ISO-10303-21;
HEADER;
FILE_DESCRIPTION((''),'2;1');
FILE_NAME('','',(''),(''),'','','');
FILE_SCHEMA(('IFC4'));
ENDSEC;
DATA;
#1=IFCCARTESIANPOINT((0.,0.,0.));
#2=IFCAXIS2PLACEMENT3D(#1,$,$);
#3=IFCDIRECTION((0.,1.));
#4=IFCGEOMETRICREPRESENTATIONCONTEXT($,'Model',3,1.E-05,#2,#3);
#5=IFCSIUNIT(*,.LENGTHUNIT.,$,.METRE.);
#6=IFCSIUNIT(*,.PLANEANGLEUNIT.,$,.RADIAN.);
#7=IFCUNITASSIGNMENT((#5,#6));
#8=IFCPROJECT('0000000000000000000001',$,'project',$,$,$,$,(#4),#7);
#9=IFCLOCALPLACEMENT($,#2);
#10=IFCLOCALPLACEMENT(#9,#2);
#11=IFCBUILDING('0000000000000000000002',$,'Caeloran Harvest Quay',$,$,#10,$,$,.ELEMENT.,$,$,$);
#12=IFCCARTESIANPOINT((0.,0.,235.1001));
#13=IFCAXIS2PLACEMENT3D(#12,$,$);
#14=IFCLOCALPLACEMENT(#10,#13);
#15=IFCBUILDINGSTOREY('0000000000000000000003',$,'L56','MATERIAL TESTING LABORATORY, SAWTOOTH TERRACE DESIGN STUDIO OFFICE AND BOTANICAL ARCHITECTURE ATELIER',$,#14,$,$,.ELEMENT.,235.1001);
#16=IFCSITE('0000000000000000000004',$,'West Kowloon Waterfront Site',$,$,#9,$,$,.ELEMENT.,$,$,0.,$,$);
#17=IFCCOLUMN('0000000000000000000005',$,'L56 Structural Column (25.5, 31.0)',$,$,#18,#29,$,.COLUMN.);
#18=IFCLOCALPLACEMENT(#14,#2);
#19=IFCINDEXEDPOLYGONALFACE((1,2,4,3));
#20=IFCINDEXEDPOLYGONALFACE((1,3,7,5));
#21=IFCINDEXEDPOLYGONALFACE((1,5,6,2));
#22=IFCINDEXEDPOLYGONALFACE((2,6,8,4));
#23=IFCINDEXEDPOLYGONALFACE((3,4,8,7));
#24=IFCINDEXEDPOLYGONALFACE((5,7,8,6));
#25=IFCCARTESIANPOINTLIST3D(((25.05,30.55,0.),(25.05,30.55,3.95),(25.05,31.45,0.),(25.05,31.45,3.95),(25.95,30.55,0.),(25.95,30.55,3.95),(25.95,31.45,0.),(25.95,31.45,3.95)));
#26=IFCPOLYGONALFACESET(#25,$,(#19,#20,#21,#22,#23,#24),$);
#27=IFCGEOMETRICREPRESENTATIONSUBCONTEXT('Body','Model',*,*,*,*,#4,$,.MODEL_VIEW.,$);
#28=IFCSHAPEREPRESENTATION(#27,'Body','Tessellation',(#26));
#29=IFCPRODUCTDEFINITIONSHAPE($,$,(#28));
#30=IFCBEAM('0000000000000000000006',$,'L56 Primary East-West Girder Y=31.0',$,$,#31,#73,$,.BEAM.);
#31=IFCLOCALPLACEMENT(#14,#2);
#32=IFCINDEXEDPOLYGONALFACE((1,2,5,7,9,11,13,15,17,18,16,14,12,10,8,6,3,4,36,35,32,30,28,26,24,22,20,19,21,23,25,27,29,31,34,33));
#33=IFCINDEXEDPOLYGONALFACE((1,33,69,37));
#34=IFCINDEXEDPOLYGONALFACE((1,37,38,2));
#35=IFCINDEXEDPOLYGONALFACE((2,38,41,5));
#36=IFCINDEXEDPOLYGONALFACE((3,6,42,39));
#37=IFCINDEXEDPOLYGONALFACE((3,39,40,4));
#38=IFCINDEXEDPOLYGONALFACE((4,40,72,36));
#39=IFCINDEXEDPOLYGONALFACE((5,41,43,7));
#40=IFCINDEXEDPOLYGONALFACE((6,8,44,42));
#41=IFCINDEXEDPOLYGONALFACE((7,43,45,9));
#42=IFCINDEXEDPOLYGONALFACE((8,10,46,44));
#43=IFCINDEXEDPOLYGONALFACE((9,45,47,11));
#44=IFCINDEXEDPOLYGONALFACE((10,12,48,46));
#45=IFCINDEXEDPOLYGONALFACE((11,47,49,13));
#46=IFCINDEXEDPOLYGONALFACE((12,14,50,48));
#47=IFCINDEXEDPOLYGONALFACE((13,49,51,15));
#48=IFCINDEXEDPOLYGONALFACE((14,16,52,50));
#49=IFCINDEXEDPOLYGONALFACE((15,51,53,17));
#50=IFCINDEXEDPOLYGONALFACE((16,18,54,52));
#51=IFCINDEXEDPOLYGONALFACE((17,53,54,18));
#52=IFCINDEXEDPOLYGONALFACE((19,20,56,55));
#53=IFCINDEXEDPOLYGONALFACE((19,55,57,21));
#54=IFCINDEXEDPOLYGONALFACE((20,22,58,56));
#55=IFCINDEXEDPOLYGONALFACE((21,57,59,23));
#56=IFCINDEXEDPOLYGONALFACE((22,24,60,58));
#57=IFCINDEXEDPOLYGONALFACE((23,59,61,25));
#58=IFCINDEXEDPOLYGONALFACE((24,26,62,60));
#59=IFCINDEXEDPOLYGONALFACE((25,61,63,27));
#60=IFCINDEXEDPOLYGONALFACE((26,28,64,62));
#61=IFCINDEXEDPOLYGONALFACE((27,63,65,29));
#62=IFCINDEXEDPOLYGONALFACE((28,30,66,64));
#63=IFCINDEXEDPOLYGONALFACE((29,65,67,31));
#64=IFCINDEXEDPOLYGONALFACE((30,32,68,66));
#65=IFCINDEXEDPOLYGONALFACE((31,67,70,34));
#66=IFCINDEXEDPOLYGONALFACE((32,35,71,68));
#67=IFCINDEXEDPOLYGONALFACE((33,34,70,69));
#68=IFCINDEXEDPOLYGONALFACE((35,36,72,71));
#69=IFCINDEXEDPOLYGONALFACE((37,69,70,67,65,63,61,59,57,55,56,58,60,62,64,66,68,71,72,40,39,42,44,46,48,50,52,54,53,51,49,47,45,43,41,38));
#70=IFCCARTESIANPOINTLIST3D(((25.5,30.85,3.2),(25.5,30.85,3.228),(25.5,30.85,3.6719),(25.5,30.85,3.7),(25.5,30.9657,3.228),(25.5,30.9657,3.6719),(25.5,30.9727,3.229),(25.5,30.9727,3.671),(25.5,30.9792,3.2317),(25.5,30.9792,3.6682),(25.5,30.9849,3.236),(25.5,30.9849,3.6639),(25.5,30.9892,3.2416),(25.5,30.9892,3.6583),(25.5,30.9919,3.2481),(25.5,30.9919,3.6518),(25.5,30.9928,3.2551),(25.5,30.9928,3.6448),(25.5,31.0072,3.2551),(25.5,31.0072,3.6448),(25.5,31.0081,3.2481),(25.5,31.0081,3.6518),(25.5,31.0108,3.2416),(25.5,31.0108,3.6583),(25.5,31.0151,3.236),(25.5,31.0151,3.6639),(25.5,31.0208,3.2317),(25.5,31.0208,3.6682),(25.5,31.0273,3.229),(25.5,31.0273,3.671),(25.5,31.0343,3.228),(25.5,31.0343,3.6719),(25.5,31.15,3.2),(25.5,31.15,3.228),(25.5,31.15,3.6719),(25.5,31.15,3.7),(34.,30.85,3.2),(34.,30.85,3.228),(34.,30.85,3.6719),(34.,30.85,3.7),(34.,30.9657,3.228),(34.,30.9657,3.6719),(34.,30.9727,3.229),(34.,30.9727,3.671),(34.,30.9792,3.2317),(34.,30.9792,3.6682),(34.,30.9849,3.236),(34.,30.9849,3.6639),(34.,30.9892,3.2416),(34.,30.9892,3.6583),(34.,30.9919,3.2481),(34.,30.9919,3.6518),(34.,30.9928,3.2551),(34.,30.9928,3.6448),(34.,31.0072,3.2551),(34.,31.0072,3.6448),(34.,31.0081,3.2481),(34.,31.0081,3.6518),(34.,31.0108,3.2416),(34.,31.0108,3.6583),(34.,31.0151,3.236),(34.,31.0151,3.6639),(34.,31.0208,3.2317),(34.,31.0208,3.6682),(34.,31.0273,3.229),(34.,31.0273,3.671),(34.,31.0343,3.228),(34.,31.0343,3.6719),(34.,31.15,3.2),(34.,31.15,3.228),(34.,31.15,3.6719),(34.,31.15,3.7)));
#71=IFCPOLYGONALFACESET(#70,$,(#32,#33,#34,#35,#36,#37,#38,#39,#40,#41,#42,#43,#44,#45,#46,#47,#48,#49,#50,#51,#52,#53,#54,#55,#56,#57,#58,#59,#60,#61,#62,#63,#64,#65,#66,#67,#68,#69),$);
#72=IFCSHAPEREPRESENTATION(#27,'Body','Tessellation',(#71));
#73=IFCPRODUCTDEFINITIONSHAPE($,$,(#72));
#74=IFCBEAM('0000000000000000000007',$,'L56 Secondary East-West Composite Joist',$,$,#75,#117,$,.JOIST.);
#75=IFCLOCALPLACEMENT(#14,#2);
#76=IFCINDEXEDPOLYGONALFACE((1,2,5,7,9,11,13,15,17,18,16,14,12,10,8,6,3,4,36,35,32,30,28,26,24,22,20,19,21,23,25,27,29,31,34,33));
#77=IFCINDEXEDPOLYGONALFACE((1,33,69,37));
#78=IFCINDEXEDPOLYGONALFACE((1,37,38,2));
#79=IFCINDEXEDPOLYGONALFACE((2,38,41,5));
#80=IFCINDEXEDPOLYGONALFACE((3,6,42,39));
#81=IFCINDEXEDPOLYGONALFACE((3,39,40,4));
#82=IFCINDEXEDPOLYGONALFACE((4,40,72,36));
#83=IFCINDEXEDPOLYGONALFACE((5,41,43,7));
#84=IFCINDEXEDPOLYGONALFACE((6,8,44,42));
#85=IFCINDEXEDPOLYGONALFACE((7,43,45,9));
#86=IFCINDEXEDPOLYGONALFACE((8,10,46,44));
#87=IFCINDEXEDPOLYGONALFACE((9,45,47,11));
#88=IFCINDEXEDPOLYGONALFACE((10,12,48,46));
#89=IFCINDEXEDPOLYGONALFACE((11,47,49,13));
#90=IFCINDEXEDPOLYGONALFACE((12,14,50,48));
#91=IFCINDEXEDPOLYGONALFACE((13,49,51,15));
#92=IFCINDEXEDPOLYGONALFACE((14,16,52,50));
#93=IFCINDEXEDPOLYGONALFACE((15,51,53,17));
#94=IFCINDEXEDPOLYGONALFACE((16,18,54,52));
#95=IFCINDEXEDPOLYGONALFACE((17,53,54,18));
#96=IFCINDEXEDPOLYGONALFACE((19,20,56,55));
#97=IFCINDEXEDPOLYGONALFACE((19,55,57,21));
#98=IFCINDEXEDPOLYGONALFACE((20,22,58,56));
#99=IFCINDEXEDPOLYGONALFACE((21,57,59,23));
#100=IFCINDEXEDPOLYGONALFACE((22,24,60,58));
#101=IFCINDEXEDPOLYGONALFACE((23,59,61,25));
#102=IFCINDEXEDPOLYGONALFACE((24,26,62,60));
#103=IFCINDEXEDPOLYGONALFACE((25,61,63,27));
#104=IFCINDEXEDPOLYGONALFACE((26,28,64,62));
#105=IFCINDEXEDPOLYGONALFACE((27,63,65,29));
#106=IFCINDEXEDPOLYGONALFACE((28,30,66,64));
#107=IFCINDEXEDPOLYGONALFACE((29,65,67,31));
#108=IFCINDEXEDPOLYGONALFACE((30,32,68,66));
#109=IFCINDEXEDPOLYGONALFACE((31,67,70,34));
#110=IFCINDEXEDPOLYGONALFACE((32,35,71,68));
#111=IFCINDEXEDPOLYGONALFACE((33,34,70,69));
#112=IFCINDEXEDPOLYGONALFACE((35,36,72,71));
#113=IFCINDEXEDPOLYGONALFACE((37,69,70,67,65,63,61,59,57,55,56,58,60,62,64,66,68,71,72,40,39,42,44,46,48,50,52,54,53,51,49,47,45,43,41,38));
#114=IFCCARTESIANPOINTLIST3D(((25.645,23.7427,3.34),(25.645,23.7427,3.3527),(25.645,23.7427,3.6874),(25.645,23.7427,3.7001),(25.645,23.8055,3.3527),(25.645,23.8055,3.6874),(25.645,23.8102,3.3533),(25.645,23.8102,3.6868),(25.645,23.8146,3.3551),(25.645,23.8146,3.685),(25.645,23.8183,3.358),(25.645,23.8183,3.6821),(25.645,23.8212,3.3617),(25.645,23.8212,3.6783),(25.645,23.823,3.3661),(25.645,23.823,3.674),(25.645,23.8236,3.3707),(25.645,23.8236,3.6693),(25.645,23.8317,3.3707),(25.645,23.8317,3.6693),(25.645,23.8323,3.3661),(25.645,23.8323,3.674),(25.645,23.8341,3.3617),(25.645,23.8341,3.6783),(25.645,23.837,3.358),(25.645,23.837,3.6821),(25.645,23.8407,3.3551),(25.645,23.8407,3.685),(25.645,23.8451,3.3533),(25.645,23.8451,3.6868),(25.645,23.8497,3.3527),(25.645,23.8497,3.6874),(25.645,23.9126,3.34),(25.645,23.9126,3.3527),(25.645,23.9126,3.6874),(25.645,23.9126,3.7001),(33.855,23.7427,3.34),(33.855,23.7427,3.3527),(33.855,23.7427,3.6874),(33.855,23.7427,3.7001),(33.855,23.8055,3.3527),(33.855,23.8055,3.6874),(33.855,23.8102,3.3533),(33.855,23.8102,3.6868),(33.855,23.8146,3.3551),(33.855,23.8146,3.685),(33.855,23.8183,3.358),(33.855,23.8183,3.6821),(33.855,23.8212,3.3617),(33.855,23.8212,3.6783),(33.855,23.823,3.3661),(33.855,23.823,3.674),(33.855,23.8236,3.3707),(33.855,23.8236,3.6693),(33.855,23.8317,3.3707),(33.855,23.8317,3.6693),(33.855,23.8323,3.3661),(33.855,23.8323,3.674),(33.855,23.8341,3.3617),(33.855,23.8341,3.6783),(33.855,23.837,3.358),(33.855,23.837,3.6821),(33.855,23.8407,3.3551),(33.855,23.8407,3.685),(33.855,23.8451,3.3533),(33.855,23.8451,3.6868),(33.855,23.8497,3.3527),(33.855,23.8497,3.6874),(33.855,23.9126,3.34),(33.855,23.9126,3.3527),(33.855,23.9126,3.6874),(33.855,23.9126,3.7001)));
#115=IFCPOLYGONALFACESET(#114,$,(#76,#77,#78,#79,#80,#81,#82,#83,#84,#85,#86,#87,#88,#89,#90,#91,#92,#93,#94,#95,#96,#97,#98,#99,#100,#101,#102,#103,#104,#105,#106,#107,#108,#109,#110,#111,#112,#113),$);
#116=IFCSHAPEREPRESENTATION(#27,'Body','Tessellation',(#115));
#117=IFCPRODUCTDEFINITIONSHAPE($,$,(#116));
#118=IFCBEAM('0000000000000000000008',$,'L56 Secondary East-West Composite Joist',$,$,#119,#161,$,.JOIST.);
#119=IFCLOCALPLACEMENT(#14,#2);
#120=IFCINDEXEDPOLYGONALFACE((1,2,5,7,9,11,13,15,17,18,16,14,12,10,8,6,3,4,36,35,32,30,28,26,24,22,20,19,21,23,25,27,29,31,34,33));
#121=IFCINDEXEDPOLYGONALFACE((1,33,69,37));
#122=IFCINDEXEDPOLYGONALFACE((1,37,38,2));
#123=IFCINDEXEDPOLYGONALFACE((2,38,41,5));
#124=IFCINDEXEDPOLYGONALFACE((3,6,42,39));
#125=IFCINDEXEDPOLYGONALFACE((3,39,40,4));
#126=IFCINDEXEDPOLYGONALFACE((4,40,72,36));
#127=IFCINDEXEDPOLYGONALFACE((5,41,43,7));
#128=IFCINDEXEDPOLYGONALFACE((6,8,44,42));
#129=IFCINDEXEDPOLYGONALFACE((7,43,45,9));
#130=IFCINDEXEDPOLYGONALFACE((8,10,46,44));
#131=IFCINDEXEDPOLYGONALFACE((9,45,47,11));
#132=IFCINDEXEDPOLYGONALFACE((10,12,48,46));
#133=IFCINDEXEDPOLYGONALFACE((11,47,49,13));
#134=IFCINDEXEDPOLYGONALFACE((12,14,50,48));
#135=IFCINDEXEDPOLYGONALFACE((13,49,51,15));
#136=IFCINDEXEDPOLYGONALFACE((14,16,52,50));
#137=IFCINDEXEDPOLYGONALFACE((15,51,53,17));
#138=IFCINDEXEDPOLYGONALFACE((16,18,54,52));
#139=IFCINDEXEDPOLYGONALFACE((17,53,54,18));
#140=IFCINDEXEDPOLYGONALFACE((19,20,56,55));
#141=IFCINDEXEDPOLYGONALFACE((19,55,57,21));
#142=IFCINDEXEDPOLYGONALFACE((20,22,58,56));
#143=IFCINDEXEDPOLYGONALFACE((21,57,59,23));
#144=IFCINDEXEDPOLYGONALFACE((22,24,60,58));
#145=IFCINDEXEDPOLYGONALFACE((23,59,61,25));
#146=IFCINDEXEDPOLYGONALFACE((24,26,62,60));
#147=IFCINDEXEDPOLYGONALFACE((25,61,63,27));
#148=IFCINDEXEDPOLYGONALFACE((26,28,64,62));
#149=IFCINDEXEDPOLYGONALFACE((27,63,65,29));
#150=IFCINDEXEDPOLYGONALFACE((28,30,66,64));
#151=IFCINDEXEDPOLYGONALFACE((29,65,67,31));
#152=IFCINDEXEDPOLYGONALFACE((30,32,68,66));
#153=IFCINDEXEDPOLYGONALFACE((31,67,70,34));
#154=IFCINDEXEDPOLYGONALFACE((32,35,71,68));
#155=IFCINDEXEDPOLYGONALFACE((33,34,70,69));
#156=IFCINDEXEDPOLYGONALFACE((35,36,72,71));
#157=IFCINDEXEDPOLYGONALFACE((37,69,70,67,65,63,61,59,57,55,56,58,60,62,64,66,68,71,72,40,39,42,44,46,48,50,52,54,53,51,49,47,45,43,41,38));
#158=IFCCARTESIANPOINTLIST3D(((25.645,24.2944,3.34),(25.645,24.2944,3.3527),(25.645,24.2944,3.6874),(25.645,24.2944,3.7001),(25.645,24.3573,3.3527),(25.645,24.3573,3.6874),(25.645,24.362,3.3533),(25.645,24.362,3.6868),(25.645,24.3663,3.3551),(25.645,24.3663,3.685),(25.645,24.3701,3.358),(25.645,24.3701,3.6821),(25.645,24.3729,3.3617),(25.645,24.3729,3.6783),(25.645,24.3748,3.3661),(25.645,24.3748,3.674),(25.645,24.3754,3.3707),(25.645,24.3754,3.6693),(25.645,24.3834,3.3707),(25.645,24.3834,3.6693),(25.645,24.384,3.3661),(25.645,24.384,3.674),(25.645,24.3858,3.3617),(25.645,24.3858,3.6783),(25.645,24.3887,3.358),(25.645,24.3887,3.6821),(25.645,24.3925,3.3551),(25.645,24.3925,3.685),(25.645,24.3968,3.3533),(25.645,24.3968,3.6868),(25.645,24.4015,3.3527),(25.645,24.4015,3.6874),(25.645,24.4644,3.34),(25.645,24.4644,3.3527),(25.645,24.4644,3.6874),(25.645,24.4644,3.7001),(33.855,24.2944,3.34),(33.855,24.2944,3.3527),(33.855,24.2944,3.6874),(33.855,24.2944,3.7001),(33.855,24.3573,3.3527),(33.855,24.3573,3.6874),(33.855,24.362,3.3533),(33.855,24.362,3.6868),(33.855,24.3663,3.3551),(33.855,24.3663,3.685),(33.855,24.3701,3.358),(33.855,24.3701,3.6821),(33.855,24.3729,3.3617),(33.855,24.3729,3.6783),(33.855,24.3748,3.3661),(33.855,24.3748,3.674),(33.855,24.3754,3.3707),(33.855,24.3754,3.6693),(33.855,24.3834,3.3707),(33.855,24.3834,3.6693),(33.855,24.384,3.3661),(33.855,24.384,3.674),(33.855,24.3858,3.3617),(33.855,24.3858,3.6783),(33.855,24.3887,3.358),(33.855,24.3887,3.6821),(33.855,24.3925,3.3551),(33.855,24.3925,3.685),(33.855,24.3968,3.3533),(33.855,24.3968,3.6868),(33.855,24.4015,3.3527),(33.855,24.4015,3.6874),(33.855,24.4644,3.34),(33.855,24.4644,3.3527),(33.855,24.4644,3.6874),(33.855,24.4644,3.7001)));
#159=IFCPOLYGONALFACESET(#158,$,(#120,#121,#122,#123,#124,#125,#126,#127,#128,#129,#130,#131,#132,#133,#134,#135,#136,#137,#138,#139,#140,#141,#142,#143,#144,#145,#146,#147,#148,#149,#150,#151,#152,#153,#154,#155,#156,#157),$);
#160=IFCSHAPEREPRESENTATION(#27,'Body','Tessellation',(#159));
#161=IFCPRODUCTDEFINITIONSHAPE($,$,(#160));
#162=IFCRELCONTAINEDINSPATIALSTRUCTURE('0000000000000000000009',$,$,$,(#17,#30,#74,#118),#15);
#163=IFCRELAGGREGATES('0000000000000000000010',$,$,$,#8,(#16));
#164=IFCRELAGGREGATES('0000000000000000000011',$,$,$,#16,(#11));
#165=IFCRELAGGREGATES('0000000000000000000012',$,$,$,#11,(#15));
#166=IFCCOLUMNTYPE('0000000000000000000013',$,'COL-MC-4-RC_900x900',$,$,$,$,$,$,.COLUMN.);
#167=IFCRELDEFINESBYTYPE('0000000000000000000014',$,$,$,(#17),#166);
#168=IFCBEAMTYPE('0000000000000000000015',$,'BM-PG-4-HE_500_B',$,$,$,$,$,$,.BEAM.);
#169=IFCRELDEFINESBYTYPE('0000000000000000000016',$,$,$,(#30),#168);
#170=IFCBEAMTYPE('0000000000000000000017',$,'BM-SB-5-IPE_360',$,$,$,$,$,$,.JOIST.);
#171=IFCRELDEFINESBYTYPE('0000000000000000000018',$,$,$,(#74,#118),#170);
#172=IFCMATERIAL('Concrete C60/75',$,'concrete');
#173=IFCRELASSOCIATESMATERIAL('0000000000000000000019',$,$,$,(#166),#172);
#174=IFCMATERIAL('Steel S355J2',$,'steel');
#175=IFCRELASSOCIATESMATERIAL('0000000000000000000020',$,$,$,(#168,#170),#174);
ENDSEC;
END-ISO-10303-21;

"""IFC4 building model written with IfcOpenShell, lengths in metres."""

from ifc_helpers import new_model, si_unit, direction, frame, origin, origin_2d, place, context, subcontext, project, spatial, rectangle, i_section, extrude, material, material_profile, profile_set, type_object, element, save


model = new_model("IFC4")

# Units and contexts
model_context = context("Model", 3, precision=1e-05, world=origin(), true_north=direction((0.0, 1.0)))
body_context = subcontext(model_context, "Body", "Model", "MODEL_VIEW")
ifc_project = project(units=[si_unit("LENGTHUNIT", "METRE"), si_unit("PLANEANGLEUNIT", "RADIAN")], contexts=[model_context])

# Site, building, storey
site_placement = place(None, origin())
site = spatial("IfcSite", under=ifc_project, at=site_placement, Name="West Kowloon Waterfront Site", CompositionType="ELEMENT", RefElevation=0.0)
building_placement = place(site_placement, origin())
building = spatial("IfcBuilding", under=site, at=building_placement, Name="Caeloran Harvest Quay", CompositionType="ELEMENT")
storey_placement = place(building_placement, frame((0.0, 0.0, 235.1001)))
storey = spatial("IfcBuildingStorey", under=building, at=storey_placement, Name="L56", Description="MATERIAL TESTING LABORATORY, SAWTOOTH TERRACE DESIGN STUDIO OFFICE AND BOTANICAL ARCHITECTURE ATELIER", CompositionType="ELEMENT", Elevation=235.1001)

# Column
ifc_material_1 = material(Name="Concrete C60/75", Category="concrete")
ifc_material_profile_1 = material_profile(ifc_material_1, rectangle(XDim=0.8999, YDim=0.8999, at=origin_2d()), Name="RC 900x900")
ifc_profile_set_1 = profile_set([ifc_material_profile_1], Name="Concrete C60/75")
column_type = type_object("IfcColumnType", Name="COL-MC-4-RC_900x900", PredefinedType="COLUMN", material=ifc_profile_set_1)
column_placement = place(storey_placement, frame((25.5, 31.0, 0.0), z_axis=(0.0, 0.0, 1.0), x_axis=(1.0, 0.0, 0.0)))
element("IfcColumn", 1, at=column_placement, inside=storey, type_object=column_type, Name="L56 Structural Column (25.5, 31.0)", PredefinedType="COLUMN", context=body_context, shape_type="SweptSolid", body=[
    extrude(rectangle(XDim=0.8999, YDim=0.8999, at=origin_2d()), origin(), (0.0, 0.0, 1.0), 3.95),
])

# Beams
ifc_material_2 = material(Name="Steel S355J2", Category="steel")
ifc_material_profile_2 = material_profile(ifc_material_2, i_section(OverallWidth=0.3, OverallDepth=0.5, WebThickness=0.0144, FlangeThickness=0.0281, FilletRadius=0.0271, at=origin_2d()), Name="HE 500 B")
ifc_profile_set_2 = profile_set([ifc_material_profile_2], Name="Steel S355J2")
beam_type_1 = type_object("IfcBeamType", Name="BM-PG-4-HE_500_B", PredefinedType="BEAM", material=ifc_profile_set_2)
beam_placement = place(storey_placement, frame((25.5, 31.0, 3.45), z_axis=(1.0, 0.0, 0.0), x_axis=(0.0, 1.0, 0.0)))
element("IfcBeam", 2, at=beam_placement, inside=storey, type_object=beam_type_1, Name="L56 Primary East-West Girder Y=31.0", PredefinedType="BEAM", context=body_context, shape_type="SweptSolid", body=[
    extrude(i_section(OverallWidth=0.3, OverallDepth=0.5, WebThickness=0.0144, FlangeThickness=0.0281, FilletRadius=0.0271, at=origin_2d()), origin(), (0.0, 0.0, 1.0), 8.5),
])
ifc_material_profile_3 = material_profile(ifc_material_2, i_section(OverallWidth=0.1699, OverallDepth=0.3601, WebThickness=0.0081, FlangeThickness=0.0127, FilletRadius=0.0181, at=origin_2d()), Name="IPE 360")
ifc_profile_set_3 = profile_set([ifc_material_profile_3], Name="Steel S355J2")
beam_type_2 = type_object("IfcBeamType", Name="BM-SB-5-IPE_360", PredefinedType="JOIST", material=ifc_profile_set_3)
for number, where, z_axis, x_axis, name in (
    (3, (25.645, 23.8276, 3.52), (1.0, 0.0, 0.0), (0.0, 1.0, 0.0), "L56 Secondary East-West Composite Joist"),
    (4, (25.645, 24.3794, 3.52), (1.0, 0.0, 0.0), (0.0, 1.0, 0.0), "L56 Secondary East-West Composite Joist"),
):
    element("IfcBeam", number, at=place(storey_placement, frame(where, z_axis=z_axis, x_axis=x_axis)), inside=storey, type_object=beam_type_2, Name=name, PredefinedType="JOIST", context=body_context, shape_type="SweptSolid", body=[
        extrude(i_section(OverallWidth=0.1699, OverallDepth=0.3601, WebThickness=0.0081, FlangeThickness=0.0127, FilletRadius=0.0181, at=origin_2d()), origin(), (0.0, 0.0, 1.0), 8.21),
    ])

save(model, "model.ifc")
